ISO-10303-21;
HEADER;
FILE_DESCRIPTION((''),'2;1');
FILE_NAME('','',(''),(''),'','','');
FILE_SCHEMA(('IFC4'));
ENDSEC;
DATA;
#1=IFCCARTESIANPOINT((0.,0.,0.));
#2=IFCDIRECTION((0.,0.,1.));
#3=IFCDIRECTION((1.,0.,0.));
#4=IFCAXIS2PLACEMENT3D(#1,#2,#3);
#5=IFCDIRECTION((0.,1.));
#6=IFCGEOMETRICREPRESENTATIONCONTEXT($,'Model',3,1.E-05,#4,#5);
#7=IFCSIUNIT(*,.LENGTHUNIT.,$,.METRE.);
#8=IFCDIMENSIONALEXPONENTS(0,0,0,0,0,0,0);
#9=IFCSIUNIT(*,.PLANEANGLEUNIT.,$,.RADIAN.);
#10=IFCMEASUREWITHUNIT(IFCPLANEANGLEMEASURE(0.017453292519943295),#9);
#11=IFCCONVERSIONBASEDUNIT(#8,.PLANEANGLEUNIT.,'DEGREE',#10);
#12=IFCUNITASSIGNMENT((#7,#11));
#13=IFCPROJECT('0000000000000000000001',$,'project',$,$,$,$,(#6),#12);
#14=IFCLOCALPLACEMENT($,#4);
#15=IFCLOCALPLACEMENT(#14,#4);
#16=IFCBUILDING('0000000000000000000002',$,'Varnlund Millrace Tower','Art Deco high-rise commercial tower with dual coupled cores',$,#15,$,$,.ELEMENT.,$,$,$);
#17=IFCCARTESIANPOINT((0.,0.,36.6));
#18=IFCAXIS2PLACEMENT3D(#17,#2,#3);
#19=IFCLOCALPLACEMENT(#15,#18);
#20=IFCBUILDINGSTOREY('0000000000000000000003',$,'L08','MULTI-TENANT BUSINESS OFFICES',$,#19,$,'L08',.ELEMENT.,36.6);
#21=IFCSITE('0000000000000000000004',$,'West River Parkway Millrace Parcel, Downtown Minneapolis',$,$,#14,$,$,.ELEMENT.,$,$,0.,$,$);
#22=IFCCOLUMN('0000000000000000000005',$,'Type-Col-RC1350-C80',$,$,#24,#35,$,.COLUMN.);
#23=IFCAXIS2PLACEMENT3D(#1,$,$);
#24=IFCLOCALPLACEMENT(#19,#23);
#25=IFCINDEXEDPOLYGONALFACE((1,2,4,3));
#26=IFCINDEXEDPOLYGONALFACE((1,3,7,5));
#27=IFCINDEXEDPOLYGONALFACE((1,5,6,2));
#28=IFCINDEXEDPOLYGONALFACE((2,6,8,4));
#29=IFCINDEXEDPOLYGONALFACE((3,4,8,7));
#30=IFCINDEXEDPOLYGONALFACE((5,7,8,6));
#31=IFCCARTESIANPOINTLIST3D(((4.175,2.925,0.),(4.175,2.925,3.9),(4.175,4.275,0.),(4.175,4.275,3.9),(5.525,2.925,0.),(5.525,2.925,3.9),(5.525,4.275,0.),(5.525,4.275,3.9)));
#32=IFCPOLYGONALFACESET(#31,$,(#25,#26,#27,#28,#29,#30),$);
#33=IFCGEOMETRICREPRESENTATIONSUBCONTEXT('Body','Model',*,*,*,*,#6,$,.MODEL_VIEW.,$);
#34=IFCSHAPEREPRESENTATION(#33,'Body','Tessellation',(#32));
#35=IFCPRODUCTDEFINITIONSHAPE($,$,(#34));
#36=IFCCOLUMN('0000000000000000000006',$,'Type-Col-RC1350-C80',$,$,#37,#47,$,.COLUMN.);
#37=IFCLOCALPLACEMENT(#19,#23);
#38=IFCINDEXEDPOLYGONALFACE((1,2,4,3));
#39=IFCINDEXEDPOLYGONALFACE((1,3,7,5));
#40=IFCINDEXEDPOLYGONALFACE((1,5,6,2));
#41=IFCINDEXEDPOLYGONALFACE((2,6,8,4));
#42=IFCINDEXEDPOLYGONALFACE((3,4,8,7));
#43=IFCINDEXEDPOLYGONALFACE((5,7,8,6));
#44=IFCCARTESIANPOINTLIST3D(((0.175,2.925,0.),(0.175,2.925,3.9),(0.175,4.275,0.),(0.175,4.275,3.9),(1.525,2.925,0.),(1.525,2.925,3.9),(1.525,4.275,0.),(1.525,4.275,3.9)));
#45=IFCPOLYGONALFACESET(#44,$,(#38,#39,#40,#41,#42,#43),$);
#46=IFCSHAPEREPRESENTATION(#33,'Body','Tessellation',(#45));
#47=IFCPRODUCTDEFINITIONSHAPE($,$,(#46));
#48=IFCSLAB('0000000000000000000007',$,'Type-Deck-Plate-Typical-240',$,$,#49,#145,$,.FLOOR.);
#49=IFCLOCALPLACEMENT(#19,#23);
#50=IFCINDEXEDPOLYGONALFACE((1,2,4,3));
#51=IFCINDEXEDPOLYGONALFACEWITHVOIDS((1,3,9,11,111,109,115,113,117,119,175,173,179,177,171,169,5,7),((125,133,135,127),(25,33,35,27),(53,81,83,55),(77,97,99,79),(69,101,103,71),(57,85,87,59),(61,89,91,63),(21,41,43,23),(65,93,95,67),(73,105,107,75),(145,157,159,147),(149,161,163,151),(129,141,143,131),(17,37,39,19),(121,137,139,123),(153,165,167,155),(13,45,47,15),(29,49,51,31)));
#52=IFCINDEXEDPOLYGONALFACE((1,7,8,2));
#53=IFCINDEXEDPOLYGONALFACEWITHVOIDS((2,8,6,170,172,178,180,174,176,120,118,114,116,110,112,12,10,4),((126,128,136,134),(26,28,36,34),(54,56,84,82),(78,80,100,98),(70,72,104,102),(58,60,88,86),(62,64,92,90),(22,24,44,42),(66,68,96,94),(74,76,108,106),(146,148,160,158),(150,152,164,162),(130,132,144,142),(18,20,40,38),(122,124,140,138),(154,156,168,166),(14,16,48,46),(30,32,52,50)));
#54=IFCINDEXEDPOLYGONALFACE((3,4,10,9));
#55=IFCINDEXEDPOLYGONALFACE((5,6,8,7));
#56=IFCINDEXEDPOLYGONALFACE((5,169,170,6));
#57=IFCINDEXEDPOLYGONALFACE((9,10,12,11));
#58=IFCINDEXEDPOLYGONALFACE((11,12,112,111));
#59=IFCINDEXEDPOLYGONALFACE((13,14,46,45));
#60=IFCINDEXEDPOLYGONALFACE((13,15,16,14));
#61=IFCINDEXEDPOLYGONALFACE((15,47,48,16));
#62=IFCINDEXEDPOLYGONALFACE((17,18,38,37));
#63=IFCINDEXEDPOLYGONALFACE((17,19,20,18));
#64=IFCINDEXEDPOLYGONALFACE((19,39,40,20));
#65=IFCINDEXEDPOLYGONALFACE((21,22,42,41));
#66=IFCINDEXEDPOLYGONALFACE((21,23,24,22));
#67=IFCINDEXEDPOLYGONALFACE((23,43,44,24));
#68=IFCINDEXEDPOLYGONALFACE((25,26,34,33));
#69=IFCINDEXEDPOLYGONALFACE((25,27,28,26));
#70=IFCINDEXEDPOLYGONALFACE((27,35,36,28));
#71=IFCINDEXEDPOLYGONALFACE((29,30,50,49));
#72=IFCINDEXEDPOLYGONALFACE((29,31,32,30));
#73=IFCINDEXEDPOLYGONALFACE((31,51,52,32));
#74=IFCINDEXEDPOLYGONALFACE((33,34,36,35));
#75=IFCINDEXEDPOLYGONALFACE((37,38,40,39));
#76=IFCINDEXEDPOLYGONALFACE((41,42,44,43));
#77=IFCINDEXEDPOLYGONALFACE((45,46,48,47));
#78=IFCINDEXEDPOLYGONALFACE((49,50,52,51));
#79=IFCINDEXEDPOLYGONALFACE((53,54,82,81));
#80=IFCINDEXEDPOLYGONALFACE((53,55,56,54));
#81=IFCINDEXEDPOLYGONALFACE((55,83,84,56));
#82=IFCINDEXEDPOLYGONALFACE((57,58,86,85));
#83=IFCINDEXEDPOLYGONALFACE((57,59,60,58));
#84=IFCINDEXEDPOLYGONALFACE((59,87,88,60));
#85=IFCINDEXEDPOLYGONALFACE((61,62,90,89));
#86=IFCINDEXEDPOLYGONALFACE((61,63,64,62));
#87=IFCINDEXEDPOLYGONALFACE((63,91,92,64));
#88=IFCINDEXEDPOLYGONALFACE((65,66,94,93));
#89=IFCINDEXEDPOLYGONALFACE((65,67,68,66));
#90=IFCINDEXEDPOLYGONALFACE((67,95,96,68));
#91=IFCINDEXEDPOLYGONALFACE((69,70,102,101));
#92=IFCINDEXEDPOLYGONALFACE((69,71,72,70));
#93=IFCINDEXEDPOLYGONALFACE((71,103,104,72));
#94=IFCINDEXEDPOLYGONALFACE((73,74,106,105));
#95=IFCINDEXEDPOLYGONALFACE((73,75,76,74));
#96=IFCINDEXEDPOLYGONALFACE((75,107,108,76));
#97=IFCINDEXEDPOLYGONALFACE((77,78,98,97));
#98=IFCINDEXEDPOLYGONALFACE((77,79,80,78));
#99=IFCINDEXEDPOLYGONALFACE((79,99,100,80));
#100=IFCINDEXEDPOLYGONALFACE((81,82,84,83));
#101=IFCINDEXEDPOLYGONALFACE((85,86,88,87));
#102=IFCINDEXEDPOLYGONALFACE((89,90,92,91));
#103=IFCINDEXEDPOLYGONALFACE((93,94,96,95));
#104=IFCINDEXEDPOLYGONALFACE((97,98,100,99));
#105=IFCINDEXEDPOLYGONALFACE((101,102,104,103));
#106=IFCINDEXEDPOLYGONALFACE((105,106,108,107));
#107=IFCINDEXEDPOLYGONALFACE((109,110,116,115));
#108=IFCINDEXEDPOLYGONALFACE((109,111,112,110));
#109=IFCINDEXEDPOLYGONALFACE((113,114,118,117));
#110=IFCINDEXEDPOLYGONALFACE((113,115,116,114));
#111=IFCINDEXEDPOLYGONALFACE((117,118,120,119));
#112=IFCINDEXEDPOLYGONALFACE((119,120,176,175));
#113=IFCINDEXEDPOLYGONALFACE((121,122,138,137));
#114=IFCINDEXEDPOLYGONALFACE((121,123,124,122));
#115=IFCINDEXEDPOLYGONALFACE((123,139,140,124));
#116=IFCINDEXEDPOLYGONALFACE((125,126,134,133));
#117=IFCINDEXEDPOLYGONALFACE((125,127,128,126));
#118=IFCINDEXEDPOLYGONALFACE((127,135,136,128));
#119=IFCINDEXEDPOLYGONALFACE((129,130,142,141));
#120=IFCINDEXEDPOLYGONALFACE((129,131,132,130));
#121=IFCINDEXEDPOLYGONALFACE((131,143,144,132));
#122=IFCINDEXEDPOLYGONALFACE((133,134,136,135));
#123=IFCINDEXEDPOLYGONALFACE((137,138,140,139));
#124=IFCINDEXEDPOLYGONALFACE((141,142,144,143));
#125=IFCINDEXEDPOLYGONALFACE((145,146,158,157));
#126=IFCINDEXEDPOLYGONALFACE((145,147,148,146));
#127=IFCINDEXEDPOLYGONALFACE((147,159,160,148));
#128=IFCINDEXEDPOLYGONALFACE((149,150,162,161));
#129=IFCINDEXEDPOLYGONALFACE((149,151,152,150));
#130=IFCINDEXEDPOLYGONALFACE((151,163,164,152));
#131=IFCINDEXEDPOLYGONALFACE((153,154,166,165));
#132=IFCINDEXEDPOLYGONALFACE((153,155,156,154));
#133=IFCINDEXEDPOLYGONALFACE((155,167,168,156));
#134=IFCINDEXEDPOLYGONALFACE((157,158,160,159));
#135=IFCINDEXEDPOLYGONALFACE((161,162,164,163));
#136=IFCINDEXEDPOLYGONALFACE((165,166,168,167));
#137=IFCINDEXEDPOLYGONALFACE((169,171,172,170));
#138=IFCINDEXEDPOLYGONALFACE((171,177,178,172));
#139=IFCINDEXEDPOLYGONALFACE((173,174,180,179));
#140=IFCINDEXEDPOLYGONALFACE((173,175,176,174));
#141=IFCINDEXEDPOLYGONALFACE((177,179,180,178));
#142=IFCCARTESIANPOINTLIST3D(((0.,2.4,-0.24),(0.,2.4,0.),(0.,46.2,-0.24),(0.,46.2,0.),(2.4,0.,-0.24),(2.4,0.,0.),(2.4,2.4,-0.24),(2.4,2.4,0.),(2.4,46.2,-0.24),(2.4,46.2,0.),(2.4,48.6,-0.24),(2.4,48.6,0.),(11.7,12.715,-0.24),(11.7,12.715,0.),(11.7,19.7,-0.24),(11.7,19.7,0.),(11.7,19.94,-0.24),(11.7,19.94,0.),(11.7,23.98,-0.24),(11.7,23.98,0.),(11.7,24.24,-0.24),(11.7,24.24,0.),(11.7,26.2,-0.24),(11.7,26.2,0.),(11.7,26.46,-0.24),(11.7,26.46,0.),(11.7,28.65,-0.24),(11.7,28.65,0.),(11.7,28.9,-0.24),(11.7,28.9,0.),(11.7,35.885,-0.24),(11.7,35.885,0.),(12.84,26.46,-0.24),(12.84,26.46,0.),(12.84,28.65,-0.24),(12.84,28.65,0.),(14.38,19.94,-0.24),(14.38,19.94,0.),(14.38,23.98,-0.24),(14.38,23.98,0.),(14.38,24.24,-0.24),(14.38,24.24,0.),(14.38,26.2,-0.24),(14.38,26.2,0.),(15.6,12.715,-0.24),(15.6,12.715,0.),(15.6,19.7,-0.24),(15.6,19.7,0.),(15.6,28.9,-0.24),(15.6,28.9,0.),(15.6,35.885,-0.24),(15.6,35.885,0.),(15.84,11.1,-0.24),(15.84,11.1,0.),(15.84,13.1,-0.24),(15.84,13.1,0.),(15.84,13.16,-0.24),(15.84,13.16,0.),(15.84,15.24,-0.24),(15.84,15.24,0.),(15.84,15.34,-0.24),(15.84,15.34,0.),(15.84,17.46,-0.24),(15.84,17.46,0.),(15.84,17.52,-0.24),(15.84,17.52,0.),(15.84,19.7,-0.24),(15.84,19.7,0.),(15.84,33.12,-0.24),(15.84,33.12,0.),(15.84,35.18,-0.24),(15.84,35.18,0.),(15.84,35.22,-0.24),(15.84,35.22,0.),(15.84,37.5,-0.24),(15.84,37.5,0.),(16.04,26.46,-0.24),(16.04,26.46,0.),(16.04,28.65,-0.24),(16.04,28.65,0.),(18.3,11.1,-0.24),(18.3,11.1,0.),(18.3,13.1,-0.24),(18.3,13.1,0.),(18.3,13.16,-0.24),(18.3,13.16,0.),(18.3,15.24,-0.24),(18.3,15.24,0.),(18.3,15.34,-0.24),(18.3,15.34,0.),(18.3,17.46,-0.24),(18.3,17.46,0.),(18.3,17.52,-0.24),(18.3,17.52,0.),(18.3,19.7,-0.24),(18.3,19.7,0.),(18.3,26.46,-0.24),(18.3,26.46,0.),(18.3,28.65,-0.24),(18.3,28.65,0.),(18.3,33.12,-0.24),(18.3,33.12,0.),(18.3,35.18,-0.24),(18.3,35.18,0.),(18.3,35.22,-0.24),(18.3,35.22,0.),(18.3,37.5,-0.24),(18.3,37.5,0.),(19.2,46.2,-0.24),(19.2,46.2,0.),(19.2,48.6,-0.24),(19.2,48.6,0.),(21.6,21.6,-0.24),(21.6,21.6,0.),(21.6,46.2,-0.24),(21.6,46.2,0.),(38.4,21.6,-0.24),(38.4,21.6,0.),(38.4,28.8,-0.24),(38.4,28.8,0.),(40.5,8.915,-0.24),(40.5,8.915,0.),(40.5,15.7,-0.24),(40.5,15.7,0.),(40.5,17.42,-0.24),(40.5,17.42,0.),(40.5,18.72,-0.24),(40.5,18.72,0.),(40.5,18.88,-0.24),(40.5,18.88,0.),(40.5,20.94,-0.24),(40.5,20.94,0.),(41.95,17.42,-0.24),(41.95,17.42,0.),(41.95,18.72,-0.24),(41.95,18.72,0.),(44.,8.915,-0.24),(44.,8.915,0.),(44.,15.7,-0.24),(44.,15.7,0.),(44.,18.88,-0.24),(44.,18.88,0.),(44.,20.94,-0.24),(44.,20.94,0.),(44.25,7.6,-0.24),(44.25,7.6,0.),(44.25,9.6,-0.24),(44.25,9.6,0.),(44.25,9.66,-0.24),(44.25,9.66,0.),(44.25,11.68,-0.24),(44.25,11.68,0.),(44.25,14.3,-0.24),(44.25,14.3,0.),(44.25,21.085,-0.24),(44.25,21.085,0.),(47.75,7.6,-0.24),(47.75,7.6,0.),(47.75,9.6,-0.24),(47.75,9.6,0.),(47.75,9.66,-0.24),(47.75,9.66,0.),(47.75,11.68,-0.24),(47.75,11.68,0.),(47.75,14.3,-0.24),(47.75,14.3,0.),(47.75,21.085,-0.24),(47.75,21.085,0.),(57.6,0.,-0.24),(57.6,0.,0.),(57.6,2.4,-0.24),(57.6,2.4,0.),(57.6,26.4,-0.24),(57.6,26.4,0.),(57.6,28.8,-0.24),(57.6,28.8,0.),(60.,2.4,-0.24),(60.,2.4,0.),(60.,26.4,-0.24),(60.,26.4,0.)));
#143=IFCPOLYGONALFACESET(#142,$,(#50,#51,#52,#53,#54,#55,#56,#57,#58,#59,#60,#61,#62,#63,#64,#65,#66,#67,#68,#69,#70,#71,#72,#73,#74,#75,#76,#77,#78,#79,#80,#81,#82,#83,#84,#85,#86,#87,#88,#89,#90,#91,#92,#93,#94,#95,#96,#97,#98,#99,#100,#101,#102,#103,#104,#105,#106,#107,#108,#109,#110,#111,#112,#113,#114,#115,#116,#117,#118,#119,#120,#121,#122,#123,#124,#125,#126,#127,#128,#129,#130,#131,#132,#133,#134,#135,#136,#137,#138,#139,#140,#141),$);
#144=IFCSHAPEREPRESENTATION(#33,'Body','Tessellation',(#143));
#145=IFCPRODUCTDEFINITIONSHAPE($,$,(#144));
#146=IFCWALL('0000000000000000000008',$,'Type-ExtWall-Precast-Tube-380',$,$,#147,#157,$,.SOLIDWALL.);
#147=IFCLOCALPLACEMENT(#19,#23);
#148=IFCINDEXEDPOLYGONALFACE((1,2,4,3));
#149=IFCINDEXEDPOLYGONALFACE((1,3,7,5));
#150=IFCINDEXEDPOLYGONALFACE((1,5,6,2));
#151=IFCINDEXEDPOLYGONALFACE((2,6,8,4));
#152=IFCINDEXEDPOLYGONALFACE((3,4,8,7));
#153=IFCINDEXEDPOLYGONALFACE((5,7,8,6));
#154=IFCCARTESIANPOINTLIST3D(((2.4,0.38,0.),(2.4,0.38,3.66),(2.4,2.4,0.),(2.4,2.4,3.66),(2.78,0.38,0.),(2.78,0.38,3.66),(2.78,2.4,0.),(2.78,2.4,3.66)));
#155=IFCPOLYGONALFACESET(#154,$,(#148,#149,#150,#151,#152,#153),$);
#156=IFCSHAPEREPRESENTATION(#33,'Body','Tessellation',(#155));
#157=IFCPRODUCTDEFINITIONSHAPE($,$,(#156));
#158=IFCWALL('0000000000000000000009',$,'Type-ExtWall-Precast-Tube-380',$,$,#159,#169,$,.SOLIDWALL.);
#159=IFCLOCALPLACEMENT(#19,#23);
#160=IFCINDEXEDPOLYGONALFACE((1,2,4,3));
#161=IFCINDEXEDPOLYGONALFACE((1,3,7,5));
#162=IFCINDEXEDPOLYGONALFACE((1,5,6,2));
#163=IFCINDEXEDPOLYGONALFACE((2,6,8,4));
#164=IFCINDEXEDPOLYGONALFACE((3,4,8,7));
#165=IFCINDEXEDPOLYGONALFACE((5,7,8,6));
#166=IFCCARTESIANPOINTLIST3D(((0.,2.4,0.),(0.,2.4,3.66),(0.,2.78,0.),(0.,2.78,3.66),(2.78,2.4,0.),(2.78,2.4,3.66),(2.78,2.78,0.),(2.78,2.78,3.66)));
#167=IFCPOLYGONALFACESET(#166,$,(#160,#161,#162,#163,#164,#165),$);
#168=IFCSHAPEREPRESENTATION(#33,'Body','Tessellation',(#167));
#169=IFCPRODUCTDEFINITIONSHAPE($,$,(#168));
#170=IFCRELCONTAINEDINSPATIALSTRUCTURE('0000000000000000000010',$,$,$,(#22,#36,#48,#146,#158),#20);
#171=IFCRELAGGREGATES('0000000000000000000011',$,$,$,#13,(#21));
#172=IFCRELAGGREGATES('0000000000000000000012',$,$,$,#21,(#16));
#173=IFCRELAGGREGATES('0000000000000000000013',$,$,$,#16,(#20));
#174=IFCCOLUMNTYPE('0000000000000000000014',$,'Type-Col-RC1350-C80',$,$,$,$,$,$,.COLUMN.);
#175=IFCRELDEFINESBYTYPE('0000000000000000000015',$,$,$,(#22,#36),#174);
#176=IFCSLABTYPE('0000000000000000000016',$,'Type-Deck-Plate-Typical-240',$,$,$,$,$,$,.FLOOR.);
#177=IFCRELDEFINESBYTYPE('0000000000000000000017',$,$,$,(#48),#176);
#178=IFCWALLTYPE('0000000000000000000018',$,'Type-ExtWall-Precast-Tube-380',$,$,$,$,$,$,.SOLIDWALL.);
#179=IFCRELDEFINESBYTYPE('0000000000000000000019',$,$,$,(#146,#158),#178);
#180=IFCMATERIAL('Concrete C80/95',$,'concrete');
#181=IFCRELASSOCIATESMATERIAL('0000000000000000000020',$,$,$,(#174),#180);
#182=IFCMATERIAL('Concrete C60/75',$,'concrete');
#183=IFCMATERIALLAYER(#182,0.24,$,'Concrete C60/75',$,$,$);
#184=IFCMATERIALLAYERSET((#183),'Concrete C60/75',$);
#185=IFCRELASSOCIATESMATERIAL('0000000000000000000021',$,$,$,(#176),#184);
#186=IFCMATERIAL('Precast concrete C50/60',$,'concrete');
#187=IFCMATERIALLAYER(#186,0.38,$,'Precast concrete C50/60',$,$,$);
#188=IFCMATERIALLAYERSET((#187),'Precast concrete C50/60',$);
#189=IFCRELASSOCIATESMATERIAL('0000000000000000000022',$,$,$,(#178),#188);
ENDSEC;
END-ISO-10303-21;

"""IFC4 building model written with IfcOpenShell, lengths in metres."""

from ifc_helpers import new_model, entity, si_unit, converted_unit, direction, frame, origin_with_axes, origin_2d_with_axis, place, context, subcontext, project, spatial, polyline, rectangle, outline, extrude, material, layer, layer_set, material_profile, profile_set, type_object, element, save


model = new_model("IFC4")

# Units and contexts
model_context = context("Model", 3, precision=1e-05, world=origin_with_axes(), true_north=direction((0.0, 1.0)))
body_context = subcontext(model_context, "Body", "Model", "MODEL_VIEW")
ifc_project = project(units=[si_unit("LENGTHUNIT", "METRE"), converted_unit("PLANEANGLEUNIT", "DEGREE", entity("IfcPlaneAngleMeasure", 0.017453292519943295), si_unit("PLANEANGLEUNIT", "RADIAN"), dimensions=[0, 0, 0, 0, 0, 0, 0])], contexts=[model_context])

# Site, building, storey
site_placement = place(None, origin_with_axes())
site = spatial("IfcSite", under=ifc_project, at=site_placement, Name="West River Parkway Millrace Parcel, Downtown Minneapolis", CompositionType="ELEMENT", RefElevation=0.0)
building_placement = place(site_placement, origin_with_axes())
building = spatial("IfcBuilding", under=site, at=building_placement, Name="Varnlund Millrace Tower", Description="Art Deco high-rise commercial tower with dual coupled cores", CompositionType="ELEMENT")
storey_placement = place(building_placement, frame((0.0, 0.0, 36.6), z_axis=(0.0, 0.0, 1.0), x_axis=(1.0, 0.0, 0.0)))
storey = spatial("IfcBuildingStorey", under=building, at=storey_placement, Name="L08", Description="MULTI-TENANT BUSINESS OFFICES", LongName="L08", CompositionType="ELEMENT", Elevation=36.6)

# Columns
ifc_material_1 = material(Name="Concrete C80/95", Category="concrete")
ifc_material_profile = material_profile(ifc_material_1, rectangle(XDim=1.35, YDim=1.35, at=origin_2d_with_axis()), Name="Concrete C80/95")
ifc_profile_set = profile_set([ifc_material_profile], Name="Concrete C80/95")
column_type = type_object("IfcColumnType", Name="Type-Col-RC1350-C80", PredefinedType="COLUMN", material=ifc_profile_set)
for number, where, z_axis, x_axis, name in (
    (1, (4.85, 3.6, 0.0), (0.0, 0.0, 1.0), (1.0, 0.0, 0.0), "Type-Col-RC1350-C80"),
    (2, (0.85, 3.6, 0.0), (0.0, 0.0, 1.0), (1.0, 0.0, 0.0), "Type-Col-RC1350-C80"),
):
    element("IfcColumn", number, at=place(storey_placement, frame(where, z_axis=z_axis, x_axis=x_axis)), inside=storey, type_object=column_type, Name=name, PredefinedType="COLUMN", context=body_context, shape_type="SweptSolid", body=[
        extrude(rectangle(XDim=1.35, YDim=1.35, at=origin_2d_with_axis()), origin_with_axes(), (0.0, 0.0, 1.0), 3.9),
    ])

# Slab
ifc_material_2 = material(Name="Concrete C60/75", Category="concrete")
ifc_layer_1 = layer(ifc_material_2, 0.24, Name="Concrete C60/75")
ifc_layer_set_1 = layer_set([ifc_layer_1], Name="Concrete C60/75")
slab_type = type_object("IfcSlabType", Name="Type-Deck-Plate-Typical-240", PredefinedType="FLOOR", material=ifc_layer_set_1)
slab_placement = place(storey_placement, frame((0.0, 0.0, -0.24), z_axis=(0.0, 0.0, 1.0), x_axis=(1.0, 0.0, 0.0)))
element("IfcSlab", 3, at=slab_placement, inside=storey, type_object=slab_type, Name="Type-Deck-Plate-Typical-240", PredefinedType="FLOOR", context=body_context, shape_type="SweptSolid", body=[
    extrude(outline(polyline([(21.6, 21.6), (21.6, 46.2), (19.2, 46.2), (19.2, 48.6), (2.4, 48.6), (2.4, 46.2), (0.0, 46.2), (0.0, 2.4), (2.4, 2.4), (2.4, 0.0), (57.6, 0.0), (57.6, 2.4), (60.0, 2.4), (60.0, 26.4), (57.6, 26.4), (57.6, 28.8), (38.4, 28.8), (38.4, 21.6), (21.6, 21.6)]), holes=[polyline([(18.3, 11.1), (15.84, 11.1), (15.84, 13.1), (18.3, 13.1), (18.3, 11.1)]), polyline([(18.3, 13.16), (15.84, 13.16), (15.84, 15.24), (18.3, 15.24), (18.3, 13.16)]), polyline([(15.6, 12.715), (11.7, 12.715), (11.7, 19.7), (15.6, 19.7), (15.6, 12.715)]), polyline([(18.3, 15.34), (15.84, 15.34), (15.84, 17.46), (18.3, 17.46), (18.3, 15.34)]), polyline([(18.3, 17.52), (15.84, 17.52), (15.84, 19.7), (18.3, 19.7), (18.3, 17.52)]), polyline([(14.38, 23.98), (14.38, 19.94), (11.7, 19.94), (11.7, 23.98), (14.38, 23.98)]), polyline([(11.7, 24.24), (11.7, 26.2), (14.38, 26.2), (14.38, 24.24), (11.7, 24.24)]), polyline([(11.7, 26.46), (11.7, 28.65), (12.84, 28.65), (12.84, 26.46), (11.7, 26.46)]), polyline([(15.6, 28.9), (11.7, 28.9), (11.7, 35.885), (15.6, 35.885), (15.6, 28.9)]), polyline([(47.75, 7.6), (44.25, 7.6), (44.25, 9.6), (47.75, 9.6), (47.75, 7.6)]), polyline([(47.75, 9.66), (44.25, 9.66), (44.25, 11.68), (47.75, 11.68), (47.75, 9.66)]), polyline([(40.5, 8.915), (40.5, 15.7), (44.0, 15.7), (44.0, 8.915), (40.5, 8.915)]), polyline([(44.25, 14.3), (44.25, 21.085), (47.75, 21.085), (47.75, 14.3), (44.25, 14.3)]), polyline([(41.95, 17.42), (40.5, 17.42), (40.5, 18.72), (41.95, 18.72), (41.95, 17.42)]), polyline([(44.0, 18.88), (40.5, 18.88), (40.5, 20.94), (44.0, 20.94), (44.0, 18.88)]), polyline([(18.3, 26.46), (16.04, 26.46), (16.04, 28.65), (18.3, 28.65), (18.3, 26.46)]), polyline([(15.84, 33.12), (15.84, 35.18), (18.3, 35.18), (18.3, 33.12), (15.84, 33.12)]), polyline([(15.84, 35.22), (15.84, 37.5), (18.3, 37.5), (18.3, 35.22), (15.84, 35.22)])]), origin_with_axes(), (0.0, 0.0, 1.0), 0.24),
])

# Walls
ifc_material_3 = material(Name="Precast concrete C50/60", Category="concrete")
ifc_layer_2 = layer(ifc_material_3, 0.38, Name="Precast concrete C50/60")
ifc_layer_set_2 = layer_set([ifc_layer_2], Name="Precast concrete C50/60")
wall_type_1 = type_object("IfcWallType", Name="Type-ExtWall-Precast-Tube-380", PredefinedType="SOLIDWALL", material=ifc_layer_set_2)
wall_1_placement = place(storey_placement, frame((2.59, 0.38, 0.0), z_axis=(0.0, 0.0, 1.0), x_axis=(0.0, 1.0, 0.0)))
element("IfcWall", 4, at=wall_1_placement, inside=storey, type_object=wall_type_1, Name="Type-ExtWall-Precast-Tube-380", PredefinedType="SOLIDWALL", context=body_context, shape_type="SweptSolid", body=[
    extrude(outline(polyline([(0.0, -0.19), (2.02, -0.19), (2.02, 0.19), (0.0, 0.19), (0.0, -0.19)])), origin_with_axes(), (0.0, 0.0, 1.0), 3.66),
])
wall_2_placement = place(storey_placement, frame((2.78, 2.59, 0.0), z_axis=(0.0, 0.0, 1.0), x_axis=(-1.0, 0.0, 0.0)))
element("IfcWall", 5, at=wall_2_placement, inside=storey, type_object=wall_type_1, Name="Type-ExtWall-Precast-Tube-380", PredefinedType="SOLIDWALL", context=body_context, shape_type="SweptSolid", body=[
    extrude(outline(polyline([(0.0, -0.19), (2.78, -0.19), (2.78, 0.19), (0.0, 0.19), (0.0, -0.19)])), origin_with_axes(), (0.0, 0.0, 1.0), 3.66),
])

save(model, "model.ifc")
